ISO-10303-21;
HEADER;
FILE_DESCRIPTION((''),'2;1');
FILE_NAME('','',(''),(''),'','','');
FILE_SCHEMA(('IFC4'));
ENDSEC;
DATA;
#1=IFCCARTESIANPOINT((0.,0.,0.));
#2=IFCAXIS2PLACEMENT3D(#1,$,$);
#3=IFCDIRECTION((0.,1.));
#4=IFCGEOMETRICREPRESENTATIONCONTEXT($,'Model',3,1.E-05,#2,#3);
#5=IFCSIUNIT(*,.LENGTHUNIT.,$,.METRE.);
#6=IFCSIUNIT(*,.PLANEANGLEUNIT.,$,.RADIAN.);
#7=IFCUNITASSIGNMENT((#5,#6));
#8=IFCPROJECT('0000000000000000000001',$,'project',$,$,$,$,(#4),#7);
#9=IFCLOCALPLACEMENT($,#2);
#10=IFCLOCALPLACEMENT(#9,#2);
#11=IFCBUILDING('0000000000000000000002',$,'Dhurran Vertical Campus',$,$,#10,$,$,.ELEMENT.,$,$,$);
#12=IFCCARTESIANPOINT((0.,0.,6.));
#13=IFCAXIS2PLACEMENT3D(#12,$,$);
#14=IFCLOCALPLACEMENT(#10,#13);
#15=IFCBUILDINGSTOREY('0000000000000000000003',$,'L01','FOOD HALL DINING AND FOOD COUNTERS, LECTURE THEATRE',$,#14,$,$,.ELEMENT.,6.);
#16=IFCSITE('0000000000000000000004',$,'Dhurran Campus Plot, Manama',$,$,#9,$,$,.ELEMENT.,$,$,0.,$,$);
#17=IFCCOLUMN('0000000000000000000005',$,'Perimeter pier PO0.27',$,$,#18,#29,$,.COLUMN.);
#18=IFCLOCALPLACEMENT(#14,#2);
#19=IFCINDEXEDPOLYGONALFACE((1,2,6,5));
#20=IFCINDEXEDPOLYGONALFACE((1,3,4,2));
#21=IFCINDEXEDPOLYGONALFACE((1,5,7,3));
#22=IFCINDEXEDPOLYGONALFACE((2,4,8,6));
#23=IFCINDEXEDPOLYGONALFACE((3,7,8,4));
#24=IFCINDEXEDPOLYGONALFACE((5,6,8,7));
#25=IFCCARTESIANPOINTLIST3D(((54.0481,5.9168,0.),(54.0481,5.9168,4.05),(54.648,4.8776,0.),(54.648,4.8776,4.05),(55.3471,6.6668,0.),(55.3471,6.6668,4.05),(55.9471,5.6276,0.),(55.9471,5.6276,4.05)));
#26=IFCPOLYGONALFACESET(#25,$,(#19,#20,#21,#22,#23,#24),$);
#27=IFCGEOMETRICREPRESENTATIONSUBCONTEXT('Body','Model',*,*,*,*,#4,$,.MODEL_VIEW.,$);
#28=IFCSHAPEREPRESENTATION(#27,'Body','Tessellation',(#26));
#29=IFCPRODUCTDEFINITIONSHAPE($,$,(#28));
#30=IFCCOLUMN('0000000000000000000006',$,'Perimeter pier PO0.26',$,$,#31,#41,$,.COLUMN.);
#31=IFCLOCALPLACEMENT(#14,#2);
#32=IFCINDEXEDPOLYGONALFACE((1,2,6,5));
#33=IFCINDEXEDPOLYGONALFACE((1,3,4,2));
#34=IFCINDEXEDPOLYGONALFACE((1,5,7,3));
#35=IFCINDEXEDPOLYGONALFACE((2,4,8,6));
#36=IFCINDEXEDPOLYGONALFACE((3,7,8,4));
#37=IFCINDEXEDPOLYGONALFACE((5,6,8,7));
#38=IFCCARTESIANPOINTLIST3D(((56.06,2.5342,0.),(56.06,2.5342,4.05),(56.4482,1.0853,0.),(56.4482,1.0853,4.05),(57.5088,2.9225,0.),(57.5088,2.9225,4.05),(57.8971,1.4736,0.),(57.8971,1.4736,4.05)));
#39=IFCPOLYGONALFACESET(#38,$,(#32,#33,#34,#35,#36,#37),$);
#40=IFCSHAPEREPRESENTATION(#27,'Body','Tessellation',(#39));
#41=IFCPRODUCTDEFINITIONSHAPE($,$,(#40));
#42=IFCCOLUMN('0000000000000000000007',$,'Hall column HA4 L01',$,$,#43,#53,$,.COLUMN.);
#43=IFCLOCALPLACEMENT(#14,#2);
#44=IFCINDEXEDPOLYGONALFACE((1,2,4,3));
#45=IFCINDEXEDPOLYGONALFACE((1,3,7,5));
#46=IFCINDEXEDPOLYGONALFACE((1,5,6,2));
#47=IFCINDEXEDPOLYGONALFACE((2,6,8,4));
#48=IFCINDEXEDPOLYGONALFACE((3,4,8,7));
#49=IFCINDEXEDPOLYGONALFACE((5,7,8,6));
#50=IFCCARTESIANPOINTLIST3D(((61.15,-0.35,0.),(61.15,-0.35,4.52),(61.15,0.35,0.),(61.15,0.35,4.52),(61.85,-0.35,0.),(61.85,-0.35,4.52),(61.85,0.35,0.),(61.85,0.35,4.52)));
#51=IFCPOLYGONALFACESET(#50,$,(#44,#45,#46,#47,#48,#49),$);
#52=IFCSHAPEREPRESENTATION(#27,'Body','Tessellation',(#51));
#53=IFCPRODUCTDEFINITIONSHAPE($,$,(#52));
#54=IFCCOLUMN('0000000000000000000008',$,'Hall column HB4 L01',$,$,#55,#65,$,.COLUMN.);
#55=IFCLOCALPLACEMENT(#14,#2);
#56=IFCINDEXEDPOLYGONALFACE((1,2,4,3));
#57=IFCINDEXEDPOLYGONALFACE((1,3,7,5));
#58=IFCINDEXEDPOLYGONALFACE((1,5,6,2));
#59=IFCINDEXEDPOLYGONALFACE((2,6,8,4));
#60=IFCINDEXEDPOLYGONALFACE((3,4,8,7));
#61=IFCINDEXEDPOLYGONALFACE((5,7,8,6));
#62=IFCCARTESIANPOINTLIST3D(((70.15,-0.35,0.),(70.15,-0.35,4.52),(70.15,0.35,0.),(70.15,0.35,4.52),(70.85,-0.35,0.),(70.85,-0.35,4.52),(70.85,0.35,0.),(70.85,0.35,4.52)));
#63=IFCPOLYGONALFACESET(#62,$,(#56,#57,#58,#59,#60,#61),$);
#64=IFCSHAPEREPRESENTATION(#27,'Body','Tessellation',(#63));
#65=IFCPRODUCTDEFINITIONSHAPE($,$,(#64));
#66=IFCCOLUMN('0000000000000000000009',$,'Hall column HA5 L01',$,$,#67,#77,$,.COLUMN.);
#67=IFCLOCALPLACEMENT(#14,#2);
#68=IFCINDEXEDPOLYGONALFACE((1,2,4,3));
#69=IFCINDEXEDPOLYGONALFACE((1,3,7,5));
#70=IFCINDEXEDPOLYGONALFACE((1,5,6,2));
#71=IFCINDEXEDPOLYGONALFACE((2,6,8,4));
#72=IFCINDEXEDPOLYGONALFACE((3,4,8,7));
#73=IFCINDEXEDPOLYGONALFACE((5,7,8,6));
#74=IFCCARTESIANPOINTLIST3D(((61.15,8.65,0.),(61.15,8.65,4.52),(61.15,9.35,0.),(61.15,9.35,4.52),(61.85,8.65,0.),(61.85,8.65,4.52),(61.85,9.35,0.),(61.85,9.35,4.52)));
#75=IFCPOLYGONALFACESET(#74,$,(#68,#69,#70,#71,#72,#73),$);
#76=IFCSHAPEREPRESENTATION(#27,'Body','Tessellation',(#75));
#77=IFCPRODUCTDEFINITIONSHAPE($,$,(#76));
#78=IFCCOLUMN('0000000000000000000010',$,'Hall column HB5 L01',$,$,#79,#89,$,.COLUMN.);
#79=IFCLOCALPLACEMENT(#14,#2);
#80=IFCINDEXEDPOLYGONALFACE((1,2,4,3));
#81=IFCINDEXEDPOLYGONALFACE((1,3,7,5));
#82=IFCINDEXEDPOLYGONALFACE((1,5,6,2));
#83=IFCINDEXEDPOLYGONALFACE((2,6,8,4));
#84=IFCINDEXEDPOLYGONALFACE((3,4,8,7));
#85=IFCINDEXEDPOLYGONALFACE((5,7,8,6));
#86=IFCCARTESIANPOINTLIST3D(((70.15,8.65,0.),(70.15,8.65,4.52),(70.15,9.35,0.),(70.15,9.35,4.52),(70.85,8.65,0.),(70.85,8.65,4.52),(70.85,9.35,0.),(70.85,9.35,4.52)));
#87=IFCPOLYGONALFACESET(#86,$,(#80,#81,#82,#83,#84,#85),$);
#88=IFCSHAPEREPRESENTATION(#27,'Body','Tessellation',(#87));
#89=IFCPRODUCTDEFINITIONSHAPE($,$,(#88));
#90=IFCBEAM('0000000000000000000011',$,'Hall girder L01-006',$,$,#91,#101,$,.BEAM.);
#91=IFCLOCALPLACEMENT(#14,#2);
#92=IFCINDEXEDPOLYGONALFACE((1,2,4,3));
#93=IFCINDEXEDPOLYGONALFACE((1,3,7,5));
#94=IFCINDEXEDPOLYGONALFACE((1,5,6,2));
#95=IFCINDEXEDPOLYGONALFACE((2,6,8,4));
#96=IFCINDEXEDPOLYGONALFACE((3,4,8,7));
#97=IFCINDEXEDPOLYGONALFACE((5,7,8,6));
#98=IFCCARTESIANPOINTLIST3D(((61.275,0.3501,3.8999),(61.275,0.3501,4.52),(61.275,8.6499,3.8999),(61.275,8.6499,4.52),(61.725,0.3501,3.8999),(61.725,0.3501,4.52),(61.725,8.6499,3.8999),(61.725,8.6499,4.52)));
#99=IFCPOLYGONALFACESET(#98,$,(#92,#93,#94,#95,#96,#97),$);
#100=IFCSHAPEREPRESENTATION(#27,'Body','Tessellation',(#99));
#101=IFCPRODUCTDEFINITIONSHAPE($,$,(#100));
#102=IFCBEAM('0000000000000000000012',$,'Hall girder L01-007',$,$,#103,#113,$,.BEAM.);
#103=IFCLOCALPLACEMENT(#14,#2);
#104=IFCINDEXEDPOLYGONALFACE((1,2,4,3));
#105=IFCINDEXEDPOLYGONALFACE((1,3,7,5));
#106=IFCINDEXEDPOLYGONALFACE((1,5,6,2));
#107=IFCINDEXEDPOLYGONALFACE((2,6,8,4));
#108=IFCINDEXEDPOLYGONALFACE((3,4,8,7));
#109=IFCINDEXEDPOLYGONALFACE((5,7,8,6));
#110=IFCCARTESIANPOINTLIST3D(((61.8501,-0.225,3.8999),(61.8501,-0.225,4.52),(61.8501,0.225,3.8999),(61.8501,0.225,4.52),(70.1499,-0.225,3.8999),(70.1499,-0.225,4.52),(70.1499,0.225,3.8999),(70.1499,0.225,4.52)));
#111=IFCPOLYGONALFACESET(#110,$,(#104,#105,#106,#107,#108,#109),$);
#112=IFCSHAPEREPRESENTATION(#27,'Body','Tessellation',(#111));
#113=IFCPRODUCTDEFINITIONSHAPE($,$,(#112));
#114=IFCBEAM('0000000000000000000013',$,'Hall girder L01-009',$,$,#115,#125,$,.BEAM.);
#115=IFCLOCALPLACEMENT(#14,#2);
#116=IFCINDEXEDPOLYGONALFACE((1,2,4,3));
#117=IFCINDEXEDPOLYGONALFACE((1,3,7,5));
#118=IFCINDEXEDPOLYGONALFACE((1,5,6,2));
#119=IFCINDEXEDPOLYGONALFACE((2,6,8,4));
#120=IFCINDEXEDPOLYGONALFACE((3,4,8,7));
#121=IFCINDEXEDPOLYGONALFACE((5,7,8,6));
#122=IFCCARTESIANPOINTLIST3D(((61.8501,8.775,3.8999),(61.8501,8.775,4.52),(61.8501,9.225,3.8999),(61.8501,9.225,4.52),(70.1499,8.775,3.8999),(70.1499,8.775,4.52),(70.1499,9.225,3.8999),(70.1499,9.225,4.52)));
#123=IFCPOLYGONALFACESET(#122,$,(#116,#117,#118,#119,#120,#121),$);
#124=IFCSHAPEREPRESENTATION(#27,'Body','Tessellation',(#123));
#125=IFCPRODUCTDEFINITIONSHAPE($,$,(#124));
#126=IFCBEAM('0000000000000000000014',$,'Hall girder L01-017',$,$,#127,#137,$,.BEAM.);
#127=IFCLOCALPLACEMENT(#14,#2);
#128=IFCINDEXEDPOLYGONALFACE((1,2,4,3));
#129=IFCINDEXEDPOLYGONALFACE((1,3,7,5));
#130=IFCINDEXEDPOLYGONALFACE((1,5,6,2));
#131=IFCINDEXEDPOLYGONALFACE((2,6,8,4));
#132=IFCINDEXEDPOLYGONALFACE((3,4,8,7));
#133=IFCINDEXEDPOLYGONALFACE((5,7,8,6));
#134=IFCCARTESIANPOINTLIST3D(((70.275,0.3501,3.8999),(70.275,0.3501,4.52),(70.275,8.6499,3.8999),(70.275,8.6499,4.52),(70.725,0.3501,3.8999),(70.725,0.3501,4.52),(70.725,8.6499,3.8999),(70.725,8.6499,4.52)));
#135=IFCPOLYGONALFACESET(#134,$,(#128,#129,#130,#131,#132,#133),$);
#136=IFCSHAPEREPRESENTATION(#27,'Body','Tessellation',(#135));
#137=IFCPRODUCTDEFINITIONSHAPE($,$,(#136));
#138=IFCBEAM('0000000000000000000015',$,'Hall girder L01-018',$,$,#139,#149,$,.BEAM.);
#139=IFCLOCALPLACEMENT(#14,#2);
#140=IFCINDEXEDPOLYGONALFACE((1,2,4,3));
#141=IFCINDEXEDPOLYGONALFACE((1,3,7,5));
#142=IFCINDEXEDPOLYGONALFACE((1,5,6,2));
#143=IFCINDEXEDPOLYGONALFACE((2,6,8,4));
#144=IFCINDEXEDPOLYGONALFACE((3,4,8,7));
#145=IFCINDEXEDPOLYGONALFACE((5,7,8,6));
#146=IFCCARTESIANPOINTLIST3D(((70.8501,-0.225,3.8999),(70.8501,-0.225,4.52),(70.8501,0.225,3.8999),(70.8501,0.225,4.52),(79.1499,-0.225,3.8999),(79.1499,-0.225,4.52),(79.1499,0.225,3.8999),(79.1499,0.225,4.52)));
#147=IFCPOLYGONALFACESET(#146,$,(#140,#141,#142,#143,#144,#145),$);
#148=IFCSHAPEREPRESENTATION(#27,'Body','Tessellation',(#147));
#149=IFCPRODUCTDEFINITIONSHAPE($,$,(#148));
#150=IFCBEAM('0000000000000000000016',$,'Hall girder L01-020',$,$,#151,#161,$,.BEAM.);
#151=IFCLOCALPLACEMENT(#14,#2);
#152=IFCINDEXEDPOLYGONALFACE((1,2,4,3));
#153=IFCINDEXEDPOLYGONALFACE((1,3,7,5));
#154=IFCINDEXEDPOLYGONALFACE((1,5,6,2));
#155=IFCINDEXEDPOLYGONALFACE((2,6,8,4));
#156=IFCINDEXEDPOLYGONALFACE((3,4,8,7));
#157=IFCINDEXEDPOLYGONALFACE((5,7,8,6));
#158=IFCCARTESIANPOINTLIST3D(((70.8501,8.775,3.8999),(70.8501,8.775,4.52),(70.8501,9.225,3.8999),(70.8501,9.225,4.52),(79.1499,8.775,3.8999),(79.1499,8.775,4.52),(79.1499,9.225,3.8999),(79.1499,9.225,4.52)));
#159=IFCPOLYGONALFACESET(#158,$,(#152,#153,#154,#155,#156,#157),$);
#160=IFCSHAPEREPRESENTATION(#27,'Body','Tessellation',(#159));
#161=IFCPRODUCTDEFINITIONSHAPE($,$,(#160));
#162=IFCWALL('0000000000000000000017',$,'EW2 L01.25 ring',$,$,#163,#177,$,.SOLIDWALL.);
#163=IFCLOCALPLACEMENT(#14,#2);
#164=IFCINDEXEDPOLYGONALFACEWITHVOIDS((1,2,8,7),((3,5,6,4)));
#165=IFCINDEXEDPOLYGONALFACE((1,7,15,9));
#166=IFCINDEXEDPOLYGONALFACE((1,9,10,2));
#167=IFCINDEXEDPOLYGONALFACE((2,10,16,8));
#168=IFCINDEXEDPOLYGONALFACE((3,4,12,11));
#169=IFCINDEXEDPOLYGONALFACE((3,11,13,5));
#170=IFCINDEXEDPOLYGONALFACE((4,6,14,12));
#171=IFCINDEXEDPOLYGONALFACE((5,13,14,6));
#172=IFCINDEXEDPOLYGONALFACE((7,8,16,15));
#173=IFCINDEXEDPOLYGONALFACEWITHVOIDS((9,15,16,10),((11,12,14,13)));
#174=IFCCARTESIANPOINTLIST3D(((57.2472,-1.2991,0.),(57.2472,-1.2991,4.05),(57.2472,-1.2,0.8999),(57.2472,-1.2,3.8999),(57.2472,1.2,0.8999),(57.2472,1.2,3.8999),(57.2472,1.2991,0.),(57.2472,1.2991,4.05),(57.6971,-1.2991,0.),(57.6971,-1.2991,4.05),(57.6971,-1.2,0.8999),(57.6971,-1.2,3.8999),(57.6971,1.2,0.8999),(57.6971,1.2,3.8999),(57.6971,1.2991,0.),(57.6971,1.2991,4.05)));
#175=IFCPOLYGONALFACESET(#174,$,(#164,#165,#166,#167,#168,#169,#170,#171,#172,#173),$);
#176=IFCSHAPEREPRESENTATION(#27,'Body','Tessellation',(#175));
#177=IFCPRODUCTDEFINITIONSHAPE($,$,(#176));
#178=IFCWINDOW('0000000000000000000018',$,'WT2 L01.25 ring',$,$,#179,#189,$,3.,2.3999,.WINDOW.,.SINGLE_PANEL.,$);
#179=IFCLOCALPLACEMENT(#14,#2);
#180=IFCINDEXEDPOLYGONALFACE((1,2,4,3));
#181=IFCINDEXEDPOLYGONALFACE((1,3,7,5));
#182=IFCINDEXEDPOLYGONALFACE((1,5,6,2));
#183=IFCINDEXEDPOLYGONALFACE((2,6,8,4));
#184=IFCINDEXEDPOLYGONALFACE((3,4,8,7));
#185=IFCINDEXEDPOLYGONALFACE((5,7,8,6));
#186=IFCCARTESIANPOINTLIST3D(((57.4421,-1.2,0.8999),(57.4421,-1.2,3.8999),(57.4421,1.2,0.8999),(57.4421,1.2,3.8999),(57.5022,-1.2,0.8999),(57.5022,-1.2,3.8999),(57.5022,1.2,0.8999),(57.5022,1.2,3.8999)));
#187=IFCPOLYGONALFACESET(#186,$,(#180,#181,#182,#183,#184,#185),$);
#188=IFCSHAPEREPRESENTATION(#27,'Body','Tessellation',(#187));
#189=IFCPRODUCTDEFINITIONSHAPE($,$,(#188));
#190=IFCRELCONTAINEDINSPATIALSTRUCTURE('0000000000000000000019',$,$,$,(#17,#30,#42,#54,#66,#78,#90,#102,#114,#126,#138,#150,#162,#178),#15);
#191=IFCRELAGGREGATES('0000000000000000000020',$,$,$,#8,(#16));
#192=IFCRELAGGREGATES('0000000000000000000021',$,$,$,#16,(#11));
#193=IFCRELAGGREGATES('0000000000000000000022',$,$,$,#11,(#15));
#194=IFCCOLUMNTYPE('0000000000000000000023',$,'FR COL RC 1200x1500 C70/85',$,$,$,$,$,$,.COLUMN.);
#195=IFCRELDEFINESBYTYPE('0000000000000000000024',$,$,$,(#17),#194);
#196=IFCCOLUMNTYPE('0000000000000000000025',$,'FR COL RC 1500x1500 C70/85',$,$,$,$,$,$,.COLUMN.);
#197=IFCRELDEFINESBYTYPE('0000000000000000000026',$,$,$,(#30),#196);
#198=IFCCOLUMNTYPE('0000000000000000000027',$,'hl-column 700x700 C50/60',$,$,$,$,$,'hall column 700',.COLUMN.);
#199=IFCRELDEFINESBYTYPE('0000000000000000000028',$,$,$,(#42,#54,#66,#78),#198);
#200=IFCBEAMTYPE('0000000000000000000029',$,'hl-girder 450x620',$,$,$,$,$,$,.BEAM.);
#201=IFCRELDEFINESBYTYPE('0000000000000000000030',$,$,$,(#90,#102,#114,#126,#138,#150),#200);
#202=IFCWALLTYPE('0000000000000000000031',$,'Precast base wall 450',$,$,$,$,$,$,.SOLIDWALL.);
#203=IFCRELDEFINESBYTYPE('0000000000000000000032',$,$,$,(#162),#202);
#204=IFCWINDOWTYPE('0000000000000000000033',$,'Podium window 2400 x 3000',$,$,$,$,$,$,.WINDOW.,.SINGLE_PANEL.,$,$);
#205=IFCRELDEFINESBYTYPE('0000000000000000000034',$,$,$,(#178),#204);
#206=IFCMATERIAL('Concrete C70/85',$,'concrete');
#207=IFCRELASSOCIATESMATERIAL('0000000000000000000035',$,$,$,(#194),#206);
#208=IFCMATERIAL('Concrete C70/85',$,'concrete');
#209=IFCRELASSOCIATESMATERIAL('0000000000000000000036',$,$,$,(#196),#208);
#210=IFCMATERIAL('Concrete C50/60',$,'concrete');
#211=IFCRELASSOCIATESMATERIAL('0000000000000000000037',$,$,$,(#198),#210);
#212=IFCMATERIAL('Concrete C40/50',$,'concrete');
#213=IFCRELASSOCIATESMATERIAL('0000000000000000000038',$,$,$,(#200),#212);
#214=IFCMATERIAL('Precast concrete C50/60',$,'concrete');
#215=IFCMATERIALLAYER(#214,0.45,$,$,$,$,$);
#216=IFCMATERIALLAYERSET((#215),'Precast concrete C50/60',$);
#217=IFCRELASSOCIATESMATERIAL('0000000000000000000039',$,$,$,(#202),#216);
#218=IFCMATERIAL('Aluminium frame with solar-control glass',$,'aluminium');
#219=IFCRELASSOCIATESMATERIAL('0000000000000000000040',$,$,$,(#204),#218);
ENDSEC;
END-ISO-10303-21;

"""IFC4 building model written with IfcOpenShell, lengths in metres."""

from ifc_helpers import new_model, si_unit, direction, frame, frame_2d, origin, origin_2d, place, context, subcontext, project, spatial, rectangle, extrude, material, layer, layer_set, material_profile, profile_set, type_object, element, fill, save


model = new_model("IFC4")

# Units and contexts
model_context = context("Model", 3, precision=1e-05, world=origin(), true_north=direction((0.0, 1.0)))
body_context = subcontext(model_context, "Body", "Model", "MODEL_VIEW")
ifc_project = project(units=[si_unit("LENGTHUNIT", "METRE"), si_unit("PLANEANGLEUNIT", "RADIAN")], contexts=[model_context])

# Site, building, storey
site_placement = place(None, origin())
site = spatial("IfcSite", under=ifc_project, at=site_placement, Name="Dhurran Campus Plot, Manama", CompositionType="ELEMENT", RefElevation=0.0)
building_placement = place(site_placement, origin())
building = spatial("IfcBuilding", under=site, at=building_placement, Name="Dhurran Vertical Campus", CompositionType="ELEMENT")
storey_placement = place(building_placement, frame((0.0, 0.0, 6.0)))
storey = spatial("IfcBuildingStorey", under=building, at=storey_placement, Name="L01", Description="FOOD HALL DINING AND FOOD COUNTERS, LECTURE THEATRE", CompositionType="ELEMENT", Elevation=6.0)

# Columns
ifc_material_1 = material(Name="Concrete C70/85", Category="concrete")
ifc_material_profile_1 = material_profile(ifc_material_1, rectangle(XDim=1.2, YDim=1.5, at=origin_2d()), Name="RC 1200x1500")
ifc_profile_set_1 = profile_set([ifc_material_profile_1], Name="Concrete C70/85")
column_type_1 = type_object("IfcColumnType", Name="FR COL RC 1200x1500 C70/85", PredefinedType="COLUMN", material=ifc_profile_set_1)
column_1_placement = place(storey_placement, frame((54.9976, 5.7722, 0.0), z_axis=(0.0, 0.0, 1.0), x_axis=(-0.5, 0.866025, 0.0)))
element("IfcColumn", 1, at=column_1_placement, inside=storey, type_object=column_type_1, Name="Perimeter pier PO0.27", PredefinedType="COLUMN", context=body_context, shape_type="SweptSolid", body=[
    extrude(rectangle(XDim=1.2, YDim=1.5, at=origin_2d()), origin(), (0.0, 0.0, 1.0), 4.05),
])
ifc_material_2 = material(Name="Concrete C70/85", Category="concrete")
ifc_material_profile_2 = material_profile(ifc_material_2, rectangle(XDim=1.5, YDim=1.5, at=origin_2d()), Name="RC 1500x1500")
ifc_profile_set_2 = profile_set([ifc_material_profile_2], Name="Concrete C70/85")
column_type_2 = type_object("IfcColumnType", Name="FR COL RC 1500x1500 C70/85", PredefinedType="COLUMN", material=ifc_profile_set_2)
column_2_placement = place(storey_placement, frame((56.9785, 2.0039, 0.0), z_axis=(0.0, 0.0, 1.0), x_axis=(-0.258819, 0.965926, 0.0)))
element("IfcColumn", 2, at=column_2_placement, inside=storey, type_object=column_type_2, Name="Perimeter pier PO0.26", PredefinedType="COLUMN", context=body_context, shape_type="SweptSolid", body=[
    extrude(rectangle(XDim=1.5, YDim=1.5, at=origin_2d()), origin(), (0.0, 0.0, 1.0), 4.05),
])
ifc_material_3 = material(Name="Concrete C50/60", Category="concrete")
ifc_material_profile_3 = material_profile(ifc_material_3, rectangle(XDim=0.7, YDim=0.7, at=origin_2d()), Name="hl-column 700x700 C50/60")
ifc_profile_set_3 = profile_set([ifc_material_profile_3], Name="Concrete C50/60")
column_type_3 = type_object("IfcColumnType", Name="hl-column 700x700 C50/60", ElementType="hall column 700", PredefinedType="COLUMN", material=ifc_profile_set_3)
for number, where, z_axis, x_axis, name in (
    (3, (61.5, 0.0, 0.0), (0.0, 0.0, 1.0), (1.0, 0.0, 0.0), "Hall column HA4 L01"),
    (4, (70.5, 0.0, 0.0), (0.0, 0.0, 1.0), (1.0, 0.0, 0.0), "Hall column HB4 L01"),
    (5, (61.5, 9.0, 0.0), (0.0, 0.0, 1.0), (1.0, 0.0, 0.0), "Hall column HA5 L01"),
    (6, (70.5, 9.0, 0.0), (0.0, 0.0, 1.0), (1.0, 0.0, 0.0), "Hall column HB5 L01"),
):
    element("IfcColumn", number, at=place(storey_placement, frame(where, z_axis=z_axis, x_axis=x_axis)), inside=storey, type_object=column_type_3, Name=name, PredefinedType="COLUMN", context=body_context, shape_type="SweptSolid", body=[
        extrude(rectangle(XDim=0.7, YDim=0.7, at=origin_2d()), origin(), (0.0, 0.0, 1.0), 4.52),
    ])

# Beams
ifc_material_4 = material(Name="Concrete C40/50", Category="concrete")
ifc_material_profile_4 = material_profile(ifc_material_4, rectangle(XDim=0.45, YDim=0.6201, at=origin_2d()), Name="hl-girder 450x620")
ifc_profile_set_4 = profile_set([ifc_material_profile_4], Name="Concrete C40/50")
beam_type = type_object("IfcBeamType", Name="hl-girder 450x620", PredefinedType="BEAM", material=ifc_profile_set_4)
for number, where, z_axis, x_axis, name in (
    (7, (61.5, 0.3501, 4.21), (0.0, 1.0, 0.0), (-1.0, 0.0, 0.0), "Hall girder L01-006"),
    (8, (61.8501, 0.0, 4.21), (1.0, 0.0, 0.0), (0.0, 1.0, 0.0), "Hall girder L01-007"),
    (9, (61.8501, 9.0, 4.21), (1.0, 0.0, 0.0), (0.0, 1.0, 0.0), "Hall girder L01-009"),
    (10, (70.5, 0.3501, 4.21), (0.0, 1.0, 0.0), (-1.0, 0.0, 0.0), "Hall girder L01-017"),
    (11, (70.8501, 0.0, 4.21), (1.0, 0.0, 0.0), (0.0, 1.0, 0.0), "Hall girder L01-018"),
    (12, (70.8501, 9.0, 4.21), (1.0, 0.0, 0.0), (0.0, 1.0, 0.0), "Hall girder L01-020"),
):
    element("IfcBeam", number, at=place(storey_placement, frame(where, z_axis=z_axis, x_axis=x_axis)), inside=storey, type_object=beam_type, Name=name, PredefinedType="BEAM", context=body_context, shape_type="SweptSolid", body=[
        extrude(rectangle(XDim=0.45, YDim=0.6201, at=origin_2d()), origin(), (0.0, 0.0, 1.0), 8.2998),
    ])

# Wall, opening, window
ifc_material_5 = material(Name="Precast concrete C50/60", Category="concrete")
ifc_layer_1 = layer(ifc_material_5, 0.45)
ifc_layer_set_1 = layer_set([ifc_layer_1], Name="Precast concrete C50/60")
wall_type_1 = type_object("IfcWallType", Name="Precast base wall 450", PredefinedType="SOLIDWALL", material=ifc_layer_set_1)
wall_1_placement = place(storey_placement, frame((57.4722, -1.2991, 0.0), z_axis=(0.0, 0.0, 1.0), x_axis=(0.0, 1.0, 0.0)))
wall_1 = element("IfcWall", 13, at=wall_1_placement, inside=storey, type_object=wall_type_1, Name="EW2 L01.25 ring", PredefinedType="SOLIDWALL", context=body_context, shape_type="SweptSolid", body=[
    extrude(rectangle(XDim=2.5981, YDim=0.45, at=frame_2d((1.2991, 0.0))), origin(), (0.0, 0.0, 1.0), 4.05),
])
opening_1_placement = place(wall_1_placement, frame((0.0991, 0.0, 0.8999)))
opening_1 = element("IfcOpeningElement", 14, at=opening_1_placement, cuts=wall_1, PredefinedType="OPENING", context=body_context, shape_type="SweptSolid", body=[
    extrude(rectangle(XDim=2.3999, YDim=3.0, at=frame_2d((1.2, 1.5))), frame((0.0, 0.2349, 0.0), z_axis=(0.0, -1.0, 0.0), x_axis=(1.0, 0.0, 0.0)), (0.0, 0.0, 1.0), 0.47),
])
ifc_material_6 = material(Name="Aluminium frame with solar-control glass", Category="aluminium")
window_type_1 = type_object("IfcWindowType", Name="Podium window 2400 x 3000", PartitioningType="SINGLE_PANEL", PredefinedType="WINDOW", material=ifc_material_6)
window_1_placement = place(opening_1_placement, origin())
window_1 = element("IfcWindow", 15, at=window_1_placement, inside=storey, type_object=window_type_1, Name="WT2 L01.25 ring", OverallHeight=3.0, OverallWidth=2.3999, PartitioningType="SINGLE_PANEL", PredefinedType="WINDOW", context=body_context, shape_type="SweptSolid", body=[
    extrude(rectangle(XDim=2.3999, YDim=3.0, at=frame_2d((1.2, 1.5))), frame((0.0, 0.03, 0.0), z_axis=(0.0, -1.0, 0.0), x_axis=(1.0, 0.0, 0.0)), (0.0, 0.0, 1.0), 0.0601),
])
fill(opening_1, window_1)

save(model, "model.ifc")
